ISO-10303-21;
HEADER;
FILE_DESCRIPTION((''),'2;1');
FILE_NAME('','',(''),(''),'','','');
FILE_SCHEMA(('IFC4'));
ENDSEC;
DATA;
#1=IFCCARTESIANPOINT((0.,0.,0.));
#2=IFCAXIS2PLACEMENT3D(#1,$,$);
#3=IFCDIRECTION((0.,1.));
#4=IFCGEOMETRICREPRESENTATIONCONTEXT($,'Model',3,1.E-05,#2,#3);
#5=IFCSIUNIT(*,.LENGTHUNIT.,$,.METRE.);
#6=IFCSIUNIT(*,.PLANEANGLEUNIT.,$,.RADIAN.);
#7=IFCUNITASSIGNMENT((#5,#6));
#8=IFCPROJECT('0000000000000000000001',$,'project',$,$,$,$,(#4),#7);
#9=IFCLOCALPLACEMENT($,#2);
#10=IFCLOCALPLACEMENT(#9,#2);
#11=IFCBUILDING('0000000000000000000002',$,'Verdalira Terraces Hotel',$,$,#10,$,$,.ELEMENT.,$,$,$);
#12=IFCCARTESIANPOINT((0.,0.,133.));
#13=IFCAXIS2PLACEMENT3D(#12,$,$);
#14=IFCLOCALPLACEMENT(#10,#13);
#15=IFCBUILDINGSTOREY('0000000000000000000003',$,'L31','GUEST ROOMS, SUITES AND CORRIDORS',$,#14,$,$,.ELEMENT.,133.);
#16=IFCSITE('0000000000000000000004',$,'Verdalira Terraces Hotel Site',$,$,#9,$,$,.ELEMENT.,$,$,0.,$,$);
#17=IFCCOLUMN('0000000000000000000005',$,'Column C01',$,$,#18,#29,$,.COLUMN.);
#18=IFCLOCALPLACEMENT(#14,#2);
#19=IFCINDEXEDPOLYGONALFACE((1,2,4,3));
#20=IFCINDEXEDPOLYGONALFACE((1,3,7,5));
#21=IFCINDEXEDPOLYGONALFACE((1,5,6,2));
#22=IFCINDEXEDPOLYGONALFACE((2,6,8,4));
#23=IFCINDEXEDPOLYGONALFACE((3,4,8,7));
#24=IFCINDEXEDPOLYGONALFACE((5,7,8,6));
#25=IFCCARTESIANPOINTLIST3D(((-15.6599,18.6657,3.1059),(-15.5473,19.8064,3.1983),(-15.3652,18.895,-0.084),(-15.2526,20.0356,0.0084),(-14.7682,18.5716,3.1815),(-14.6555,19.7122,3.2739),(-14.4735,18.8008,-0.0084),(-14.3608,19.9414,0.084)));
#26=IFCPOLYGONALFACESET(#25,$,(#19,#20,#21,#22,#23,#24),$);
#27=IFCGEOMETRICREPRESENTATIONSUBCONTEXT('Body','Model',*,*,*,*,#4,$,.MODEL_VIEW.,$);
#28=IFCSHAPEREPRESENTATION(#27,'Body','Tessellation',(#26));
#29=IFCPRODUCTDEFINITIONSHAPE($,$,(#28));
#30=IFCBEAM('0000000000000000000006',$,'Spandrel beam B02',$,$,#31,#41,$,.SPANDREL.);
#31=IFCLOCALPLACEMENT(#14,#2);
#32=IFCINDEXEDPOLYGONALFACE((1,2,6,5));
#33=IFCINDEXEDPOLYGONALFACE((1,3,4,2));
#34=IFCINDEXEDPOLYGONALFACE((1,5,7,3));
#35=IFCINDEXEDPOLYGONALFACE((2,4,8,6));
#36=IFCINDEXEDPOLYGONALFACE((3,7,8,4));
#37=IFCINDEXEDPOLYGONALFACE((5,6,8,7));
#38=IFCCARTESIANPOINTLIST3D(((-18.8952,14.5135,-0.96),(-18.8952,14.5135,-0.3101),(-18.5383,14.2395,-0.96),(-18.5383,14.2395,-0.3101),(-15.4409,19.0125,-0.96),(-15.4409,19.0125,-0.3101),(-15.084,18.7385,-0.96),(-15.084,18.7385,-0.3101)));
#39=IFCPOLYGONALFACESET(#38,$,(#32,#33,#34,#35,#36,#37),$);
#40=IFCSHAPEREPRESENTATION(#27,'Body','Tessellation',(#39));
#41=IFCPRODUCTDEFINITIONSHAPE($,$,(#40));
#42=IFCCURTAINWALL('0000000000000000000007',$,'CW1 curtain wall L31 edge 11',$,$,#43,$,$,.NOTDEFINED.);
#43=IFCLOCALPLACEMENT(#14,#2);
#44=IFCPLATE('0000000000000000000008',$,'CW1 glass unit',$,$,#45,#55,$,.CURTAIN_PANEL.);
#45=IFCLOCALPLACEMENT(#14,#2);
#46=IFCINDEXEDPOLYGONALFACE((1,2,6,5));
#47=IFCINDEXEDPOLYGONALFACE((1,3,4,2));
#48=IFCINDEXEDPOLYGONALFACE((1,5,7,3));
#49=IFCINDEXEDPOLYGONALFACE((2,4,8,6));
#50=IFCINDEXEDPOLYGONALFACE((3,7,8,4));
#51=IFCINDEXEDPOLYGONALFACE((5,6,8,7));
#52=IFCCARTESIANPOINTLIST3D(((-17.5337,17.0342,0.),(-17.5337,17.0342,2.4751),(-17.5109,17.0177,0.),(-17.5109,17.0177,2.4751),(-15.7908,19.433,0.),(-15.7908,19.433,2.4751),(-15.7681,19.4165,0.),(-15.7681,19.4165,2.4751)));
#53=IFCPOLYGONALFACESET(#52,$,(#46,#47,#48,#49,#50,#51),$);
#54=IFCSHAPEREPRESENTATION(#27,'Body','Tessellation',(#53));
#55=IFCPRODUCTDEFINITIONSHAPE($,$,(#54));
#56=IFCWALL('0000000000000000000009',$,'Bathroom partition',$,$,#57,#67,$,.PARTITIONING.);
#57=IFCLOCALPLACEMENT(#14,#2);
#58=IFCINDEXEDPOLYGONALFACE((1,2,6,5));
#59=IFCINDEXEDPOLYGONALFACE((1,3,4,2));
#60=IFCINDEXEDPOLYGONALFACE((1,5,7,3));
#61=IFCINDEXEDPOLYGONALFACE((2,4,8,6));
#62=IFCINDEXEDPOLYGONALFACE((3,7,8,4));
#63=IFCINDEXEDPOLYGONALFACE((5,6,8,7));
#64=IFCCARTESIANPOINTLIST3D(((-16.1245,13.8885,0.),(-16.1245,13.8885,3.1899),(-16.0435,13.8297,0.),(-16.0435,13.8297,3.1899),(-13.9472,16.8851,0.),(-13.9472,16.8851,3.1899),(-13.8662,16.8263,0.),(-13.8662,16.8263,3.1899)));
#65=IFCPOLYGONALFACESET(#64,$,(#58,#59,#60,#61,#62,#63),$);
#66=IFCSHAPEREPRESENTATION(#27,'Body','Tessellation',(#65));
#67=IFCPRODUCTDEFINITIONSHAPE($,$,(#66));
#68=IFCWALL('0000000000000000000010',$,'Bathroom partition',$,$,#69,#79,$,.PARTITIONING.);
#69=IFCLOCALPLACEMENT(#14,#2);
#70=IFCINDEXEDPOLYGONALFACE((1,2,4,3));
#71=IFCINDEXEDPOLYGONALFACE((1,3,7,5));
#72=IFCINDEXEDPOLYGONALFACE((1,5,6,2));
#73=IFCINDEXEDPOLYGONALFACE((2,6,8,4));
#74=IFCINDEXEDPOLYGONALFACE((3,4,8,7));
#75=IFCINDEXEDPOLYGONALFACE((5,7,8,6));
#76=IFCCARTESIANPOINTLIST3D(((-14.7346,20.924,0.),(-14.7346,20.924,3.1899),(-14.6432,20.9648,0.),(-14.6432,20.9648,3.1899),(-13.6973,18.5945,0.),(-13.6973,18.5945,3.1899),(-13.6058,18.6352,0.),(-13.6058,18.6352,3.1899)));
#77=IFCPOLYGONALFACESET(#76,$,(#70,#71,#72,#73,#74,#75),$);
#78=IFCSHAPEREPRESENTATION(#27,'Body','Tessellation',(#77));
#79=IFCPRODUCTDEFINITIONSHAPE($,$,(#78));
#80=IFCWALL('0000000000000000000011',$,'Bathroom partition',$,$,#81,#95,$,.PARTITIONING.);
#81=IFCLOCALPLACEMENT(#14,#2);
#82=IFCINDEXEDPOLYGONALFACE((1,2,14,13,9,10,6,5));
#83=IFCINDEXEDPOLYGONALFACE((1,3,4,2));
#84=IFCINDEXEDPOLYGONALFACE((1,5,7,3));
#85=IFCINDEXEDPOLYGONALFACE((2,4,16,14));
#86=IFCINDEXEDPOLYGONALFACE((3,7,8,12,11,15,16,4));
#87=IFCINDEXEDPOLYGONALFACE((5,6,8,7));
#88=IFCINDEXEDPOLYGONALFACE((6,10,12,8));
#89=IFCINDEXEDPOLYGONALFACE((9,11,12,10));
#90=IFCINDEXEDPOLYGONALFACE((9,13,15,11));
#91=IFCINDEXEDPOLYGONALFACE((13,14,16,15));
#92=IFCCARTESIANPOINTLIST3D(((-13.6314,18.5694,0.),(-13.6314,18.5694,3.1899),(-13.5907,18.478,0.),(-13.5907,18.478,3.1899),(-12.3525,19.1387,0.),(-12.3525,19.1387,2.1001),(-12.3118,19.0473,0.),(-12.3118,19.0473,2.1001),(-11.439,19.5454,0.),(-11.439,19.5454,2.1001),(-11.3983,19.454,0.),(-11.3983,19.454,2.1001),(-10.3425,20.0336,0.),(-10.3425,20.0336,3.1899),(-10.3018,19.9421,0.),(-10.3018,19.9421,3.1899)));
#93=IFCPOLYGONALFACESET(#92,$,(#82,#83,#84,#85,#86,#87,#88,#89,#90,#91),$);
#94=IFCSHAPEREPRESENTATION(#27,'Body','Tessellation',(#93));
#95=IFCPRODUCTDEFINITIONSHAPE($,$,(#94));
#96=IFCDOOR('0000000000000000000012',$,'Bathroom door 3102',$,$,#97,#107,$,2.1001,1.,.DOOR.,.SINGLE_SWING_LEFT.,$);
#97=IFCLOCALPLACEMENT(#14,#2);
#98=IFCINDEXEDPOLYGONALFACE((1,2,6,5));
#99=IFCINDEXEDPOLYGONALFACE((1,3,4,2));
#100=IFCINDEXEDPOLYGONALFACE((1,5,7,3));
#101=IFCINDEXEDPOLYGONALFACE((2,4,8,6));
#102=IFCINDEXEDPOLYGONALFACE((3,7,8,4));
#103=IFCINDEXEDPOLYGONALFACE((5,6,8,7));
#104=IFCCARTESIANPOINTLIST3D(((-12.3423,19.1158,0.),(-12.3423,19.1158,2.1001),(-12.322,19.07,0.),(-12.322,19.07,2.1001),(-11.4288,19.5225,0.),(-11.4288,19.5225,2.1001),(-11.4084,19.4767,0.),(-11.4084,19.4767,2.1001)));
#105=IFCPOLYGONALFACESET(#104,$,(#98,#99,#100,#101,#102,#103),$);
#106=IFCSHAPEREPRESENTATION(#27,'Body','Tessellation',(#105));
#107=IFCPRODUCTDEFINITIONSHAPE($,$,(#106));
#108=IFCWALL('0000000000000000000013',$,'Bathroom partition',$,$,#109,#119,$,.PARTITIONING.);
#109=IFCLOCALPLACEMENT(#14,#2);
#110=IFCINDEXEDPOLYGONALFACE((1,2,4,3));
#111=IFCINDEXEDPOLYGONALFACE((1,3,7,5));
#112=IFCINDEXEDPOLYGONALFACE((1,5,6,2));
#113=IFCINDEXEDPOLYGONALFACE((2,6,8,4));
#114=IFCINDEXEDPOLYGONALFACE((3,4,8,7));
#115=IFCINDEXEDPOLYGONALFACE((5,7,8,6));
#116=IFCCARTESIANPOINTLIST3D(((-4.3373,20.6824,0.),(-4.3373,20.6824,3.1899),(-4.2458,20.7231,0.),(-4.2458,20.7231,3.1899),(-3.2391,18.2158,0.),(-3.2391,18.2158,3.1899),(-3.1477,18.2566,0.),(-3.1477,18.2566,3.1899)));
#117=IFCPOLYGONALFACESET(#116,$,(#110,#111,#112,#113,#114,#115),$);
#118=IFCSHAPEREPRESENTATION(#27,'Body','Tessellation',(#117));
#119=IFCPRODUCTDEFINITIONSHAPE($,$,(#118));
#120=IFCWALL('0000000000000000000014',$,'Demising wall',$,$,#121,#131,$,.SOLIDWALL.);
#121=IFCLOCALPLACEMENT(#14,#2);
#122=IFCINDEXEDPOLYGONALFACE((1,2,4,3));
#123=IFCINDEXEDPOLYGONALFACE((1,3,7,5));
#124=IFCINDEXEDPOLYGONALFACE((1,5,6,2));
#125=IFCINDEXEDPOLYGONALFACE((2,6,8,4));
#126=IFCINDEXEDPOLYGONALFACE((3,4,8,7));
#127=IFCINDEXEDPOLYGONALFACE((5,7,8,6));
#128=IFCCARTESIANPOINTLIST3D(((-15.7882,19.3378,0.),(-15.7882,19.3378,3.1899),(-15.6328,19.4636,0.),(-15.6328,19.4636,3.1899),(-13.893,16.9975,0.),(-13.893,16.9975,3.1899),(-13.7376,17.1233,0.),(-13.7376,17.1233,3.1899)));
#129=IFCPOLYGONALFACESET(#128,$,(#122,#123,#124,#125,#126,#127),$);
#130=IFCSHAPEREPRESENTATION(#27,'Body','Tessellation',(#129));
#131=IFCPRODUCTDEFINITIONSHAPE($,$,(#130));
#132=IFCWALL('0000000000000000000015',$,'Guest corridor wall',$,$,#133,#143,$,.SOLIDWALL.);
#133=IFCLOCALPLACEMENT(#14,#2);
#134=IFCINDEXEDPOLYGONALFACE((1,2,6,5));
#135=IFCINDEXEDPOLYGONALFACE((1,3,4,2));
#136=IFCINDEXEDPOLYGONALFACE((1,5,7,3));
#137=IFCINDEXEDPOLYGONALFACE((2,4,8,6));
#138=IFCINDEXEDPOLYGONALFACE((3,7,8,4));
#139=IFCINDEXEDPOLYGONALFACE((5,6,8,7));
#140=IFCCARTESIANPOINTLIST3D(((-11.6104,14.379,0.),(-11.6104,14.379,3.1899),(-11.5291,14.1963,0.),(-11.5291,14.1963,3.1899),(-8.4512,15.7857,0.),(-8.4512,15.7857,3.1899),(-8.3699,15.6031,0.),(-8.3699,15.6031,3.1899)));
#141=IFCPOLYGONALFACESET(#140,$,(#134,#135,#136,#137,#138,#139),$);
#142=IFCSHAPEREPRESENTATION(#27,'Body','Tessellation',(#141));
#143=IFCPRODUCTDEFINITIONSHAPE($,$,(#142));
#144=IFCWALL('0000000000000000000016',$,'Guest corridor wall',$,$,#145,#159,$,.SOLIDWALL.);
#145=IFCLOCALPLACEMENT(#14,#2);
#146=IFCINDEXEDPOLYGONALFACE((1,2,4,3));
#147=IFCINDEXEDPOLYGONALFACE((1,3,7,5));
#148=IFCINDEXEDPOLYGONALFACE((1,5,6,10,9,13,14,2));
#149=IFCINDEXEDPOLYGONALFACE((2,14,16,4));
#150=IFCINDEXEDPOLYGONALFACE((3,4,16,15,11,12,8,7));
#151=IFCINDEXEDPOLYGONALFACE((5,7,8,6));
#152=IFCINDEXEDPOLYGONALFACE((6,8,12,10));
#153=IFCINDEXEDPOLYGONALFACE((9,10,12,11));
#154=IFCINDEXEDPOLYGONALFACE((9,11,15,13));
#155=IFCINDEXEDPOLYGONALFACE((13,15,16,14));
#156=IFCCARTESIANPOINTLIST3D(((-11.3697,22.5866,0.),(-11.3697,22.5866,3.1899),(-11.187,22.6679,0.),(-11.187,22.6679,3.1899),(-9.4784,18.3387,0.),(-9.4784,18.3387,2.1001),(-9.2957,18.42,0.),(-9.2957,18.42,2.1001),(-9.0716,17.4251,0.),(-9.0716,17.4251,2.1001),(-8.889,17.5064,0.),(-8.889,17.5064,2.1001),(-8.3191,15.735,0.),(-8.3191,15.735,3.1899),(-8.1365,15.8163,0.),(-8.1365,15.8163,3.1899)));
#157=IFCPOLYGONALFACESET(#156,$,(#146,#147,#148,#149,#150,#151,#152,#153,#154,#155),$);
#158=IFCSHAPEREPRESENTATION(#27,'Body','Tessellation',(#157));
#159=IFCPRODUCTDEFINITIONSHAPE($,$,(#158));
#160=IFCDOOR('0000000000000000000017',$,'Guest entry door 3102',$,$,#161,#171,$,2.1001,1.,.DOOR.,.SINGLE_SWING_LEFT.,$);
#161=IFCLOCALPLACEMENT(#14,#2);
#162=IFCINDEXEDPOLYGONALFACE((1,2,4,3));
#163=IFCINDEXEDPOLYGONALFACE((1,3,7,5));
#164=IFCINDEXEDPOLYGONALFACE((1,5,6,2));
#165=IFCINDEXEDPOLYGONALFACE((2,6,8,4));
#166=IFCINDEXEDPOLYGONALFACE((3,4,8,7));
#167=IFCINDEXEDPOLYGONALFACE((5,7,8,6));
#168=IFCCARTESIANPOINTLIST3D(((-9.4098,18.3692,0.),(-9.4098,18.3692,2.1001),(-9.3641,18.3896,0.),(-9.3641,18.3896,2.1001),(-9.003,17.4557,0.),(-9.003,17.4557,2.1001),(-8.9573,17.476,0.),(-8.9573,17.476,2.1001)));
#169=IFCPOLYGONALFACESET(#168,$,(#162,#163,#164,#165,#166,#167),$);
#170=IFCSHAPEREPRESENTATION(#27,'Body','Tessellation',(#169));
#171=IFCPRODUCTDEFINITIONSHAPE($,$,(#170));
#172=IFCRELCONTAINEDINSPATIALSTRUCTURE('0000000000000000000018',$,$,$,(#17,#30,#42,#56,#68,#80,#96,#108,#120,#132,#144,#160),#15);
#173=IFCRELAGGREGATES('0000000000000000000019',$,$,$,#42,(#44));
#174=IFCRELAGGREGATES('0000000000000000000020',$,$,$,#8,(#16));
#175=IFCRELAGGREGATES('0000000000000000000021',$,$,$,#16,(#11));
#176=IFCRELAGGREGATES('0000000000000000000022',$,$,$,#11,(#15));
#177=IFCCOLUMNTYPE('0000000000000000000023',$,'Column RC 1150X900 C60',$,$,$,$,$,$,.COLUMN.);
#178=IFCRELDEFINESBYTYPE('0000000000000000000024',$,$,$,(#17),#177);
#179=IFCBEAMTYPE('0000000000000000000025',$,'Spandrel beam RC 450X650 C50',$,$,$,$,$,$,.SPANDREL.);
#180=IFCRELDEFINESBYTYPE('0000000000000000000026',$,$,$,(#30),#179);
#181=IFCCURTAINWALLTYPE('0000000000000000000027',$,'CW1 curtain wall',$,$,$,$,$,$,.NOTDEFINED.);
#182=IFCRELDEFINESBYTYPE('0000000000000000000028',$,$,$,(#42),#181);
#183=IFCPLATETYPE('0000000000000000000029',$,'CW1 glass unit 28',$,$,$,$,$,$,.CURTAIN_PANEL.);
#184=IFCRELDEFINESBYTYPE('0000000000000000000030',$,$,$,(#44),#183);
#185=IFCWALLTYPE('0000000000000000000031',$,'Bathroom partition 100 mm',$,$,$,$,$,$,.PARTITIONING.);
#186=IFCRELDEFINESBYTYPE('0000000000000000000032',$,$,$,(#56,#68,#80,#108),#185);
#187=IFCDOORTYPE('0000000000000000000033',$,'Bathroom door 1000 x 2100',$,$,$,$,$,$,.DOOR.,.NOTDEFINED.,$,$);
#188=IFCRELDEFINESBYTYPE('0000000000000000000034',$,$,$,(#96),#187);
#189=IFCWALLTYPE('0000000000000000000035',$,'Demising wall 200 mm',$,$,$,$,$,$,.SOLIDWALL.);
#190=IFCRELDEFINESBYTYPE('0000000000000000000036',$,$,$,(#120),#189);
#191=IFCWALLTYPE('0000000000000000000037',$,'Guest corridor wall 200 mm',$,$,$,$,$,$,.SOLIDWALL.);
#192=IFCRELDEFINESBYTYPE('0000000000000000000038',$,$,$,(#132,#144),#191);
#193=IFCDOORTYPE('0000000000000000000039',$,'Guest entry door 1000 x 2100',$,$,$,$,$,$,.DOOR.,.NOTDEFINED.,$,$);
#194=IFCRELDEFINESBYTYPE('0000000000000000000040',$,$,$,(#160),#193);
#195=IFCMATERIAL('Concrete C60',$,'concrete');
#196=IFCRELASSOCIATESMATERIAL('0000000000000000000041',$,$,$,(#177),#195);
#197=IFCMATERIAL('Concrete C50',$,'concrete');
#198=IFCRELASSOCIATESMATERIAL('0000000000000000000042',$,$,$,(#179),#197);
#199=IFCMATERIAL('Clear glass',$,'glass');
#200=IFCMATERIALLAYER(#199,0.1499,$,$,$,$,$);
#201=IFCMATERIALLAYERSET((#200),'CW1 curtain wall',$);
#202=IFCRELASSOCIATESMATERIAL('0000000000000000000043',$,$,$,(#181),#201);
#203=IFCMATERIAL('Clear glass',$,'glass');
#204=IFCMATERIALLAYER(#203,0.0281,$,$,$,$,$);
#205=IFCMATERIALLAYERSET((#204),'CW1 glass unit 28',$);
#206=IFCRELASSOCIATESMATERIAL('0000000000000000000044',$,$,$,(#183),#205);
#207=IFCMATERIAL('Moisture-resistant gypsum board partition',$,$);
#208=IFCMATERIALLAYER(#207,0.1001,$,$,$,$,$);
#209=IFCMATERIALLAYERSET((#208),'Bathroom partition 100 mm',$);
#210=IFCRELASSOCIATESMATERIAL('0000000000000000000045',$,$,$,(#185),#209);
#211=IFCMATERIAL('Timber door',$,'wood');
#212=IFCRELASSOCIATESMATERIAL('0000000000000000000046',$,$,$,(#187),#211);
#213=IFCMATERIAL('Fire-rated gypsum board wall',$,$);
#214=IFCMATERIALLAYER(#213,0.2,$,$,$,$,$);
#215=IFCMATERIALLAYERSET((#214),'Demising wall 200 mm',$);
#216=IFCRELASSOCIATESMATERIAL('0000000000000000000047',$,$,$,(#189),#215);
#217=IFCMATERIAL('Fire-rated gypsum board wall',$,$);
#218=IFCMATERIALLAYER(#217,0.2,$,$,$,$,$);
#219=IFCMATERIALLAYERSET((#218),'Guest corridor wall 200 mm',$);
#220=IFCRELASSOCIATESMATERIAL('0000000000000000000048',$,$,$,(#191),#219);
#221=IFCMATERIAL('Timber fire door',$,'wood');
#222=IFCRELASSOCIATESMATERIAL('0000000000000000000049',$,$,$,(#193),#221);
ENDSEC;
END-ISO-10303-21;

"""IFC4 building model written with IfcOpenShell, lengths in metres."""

from ifc_helpers import new_model, si_unit, direction, frame, frame_2d, origin, origin_2d, place, context, subcontext, project, spatial, rectangle, extrude, material, layer, layer_set, material_profile, profile_set, type_object, element, fill, aggregate, save


model = new_model("IFC4")

# Units and contexts
model_context = context("Model", 3, precision=1e-05, world=origin(), true_north=direction((0.0, 1.0)))
body_context = subcontext(model_context, "Body", "Model", "MODEL_VIEW")
ifc_project = project(units=[si_unit("LENGTHUNIT", "METRE"), si_unit("PLANEANGLEUNIT", "RADIAN")], contexts=[model_context])

# Site, building, storey
site_placement = place(None, origin())
site = spatial("IfcSite", under=ifc_project, at=site_placement, Name="Verdalira Terraces Hotel Site", CompositionType="ELEMENT", RefElevation=0.0)
building_placement = place(site_placement, origin())
building = spatial("IfcBuilding", under=site, at=building_placement, Name="Verdalira Terraces Hotel", CompositionType="ELEMENT")
storey_placement = place(building_placement, frame((0.0, 0.0, 133.0)))
storey = spatial("IfcBuildingStorey", under=building, at=storey_placement, Name="L31", Description="GUEST ROOMS, SUITES AND CORRIDORS", CompositionType="ELEMENT", Elevation=133.0)

# Column
ifc_material_1 = material(Name="Concrete C60", Category="concrete")
ifc_material_profile_1 = material_profile(ifc_material_1, rectangle(XDim=1.1499, YDim=0.8999, at=origin_2d()), Name="RC 1150X900")
ifc_profile_set_1 = profile_set([ifc_material_profile_1], Name="Concrete C60")
column_type = type_object("IfcColumnType", Name="Column RC 1150X900 C60", PredefinedType="COLUMN", material=ifc_profile_set_1)
column_placement = place(storey_placement, frame((-14.863, 19.4182, 0.0), z_axis=(-0.091751, -0.071379, 0.99322), x_axis=(0.097962, 0.991942, 0.080336)))
element("IfcColumn", 1, at=column_placement, inside=storey, type_object=column_type, Name="Column C01", PredefinedType="COLUMN", context=body_context, shape_type="SweptSolid", body=[
    extrude(rectangle(XDim=1.1499, YDim=0.8999, at=origin_2d()), origin(), (0.0, 0.0, 1.0), 3.2117),
])

# Beam
ifc_material_2 = material(Name="Concrete C50", Category="concrete")
ifc_material_profile_2 = material_profile(ifc_material_2, rectangle(XDim=0.45, YDim=0.6499, at=origin_2d()), Name="RC 450X650")
ifc_profile_set_2 = profile_set([ifc_material_profile_2], Name="Concrete C50")
beam_type = type_object("IfcBeamType", Name="Spandrel beam RC 450X650 C50", PredefinedType="SPANDREL", material=ifc_profile_set_2)
beam_placement = place(storey_placement, frame((-15.2625, 18.8755, -0.635), z_axis=(-0.608997, -0.793172, 0.0), x_axis=(0.793172, -0.608997, 0.0)))
element("IfcBeam", 2, at=beam_placement, inside=storey, type_object=beam_type, Name="Spandrel beam B02", PredefinedType="SPANDREL", context=body_context, shape_type="SweptSolid", body=[
    extrude(rectangle(XDim=0.45, YDim=0.6499, at=origin_2d()), origin(), (0.0, 0.0, 1.0), 5.6721),
])

# Curtain wall, plate
ifc_material_3 = material(Name="Clear glass", Category="glass")
ifc_layer_1 = layer(ifc_material_3, 0.1499)
ifc_layer_set_1 = layer_set([ifc_layer_1], Name="CW1 curtain wall")
curtain_wall_type = type_object("IfcCurtainWallType", Name="CW1 curtain wall", PredefinedType="NOTDEFINED", material=ifc_layer_set_1)
curtain_wall_placement = place(storey_placement, origin())
curtain_wall = element("IfcCurtainWall", 3, at=curtain_wall_placement, inside=storey, type_object=curtain_wall_type, Name="CW1 curtain wall L31 edge 11", PredefinedType="NOTDEFINED")
ifc_material_4 = material(Name="Clear glass", Category="glass")
ifc_layer_2 = layer(ifc_material_4, 0.0281)
ifc_layer_set_2 = layer_set([ifc_layer_2], Name="CW1 glass unit 28")
plate_type = type_object("IfcPlateType", Name="CW1 glass unit 28", PredefinedType="CURTAIN_PANEL", material=ifc_layer_set_2)
plate_placement = place(storey_placement, frame((-16.6509, 18.2253, 0.0), z_axis=(0.0, 0.0, 1.0), x_axis=(-0.587785, -0.809017, 0.0)))
plate = element("IfcPlate", 4, at=plate_placement, type_object=plate_type, Name="CW1 glass unit", PredefinedType="CURTAIN_PANEL", context=body_context, shape_type="SweptSolid", body=[
    extrude(rectangle(XDim=2.9651, YDim=0.0281, at=origin_2d()), origin(), (0.0, 0.0, 1.0), 2.4751),
])
aggregate(curtain_wall, [plate])

# Walls
ifc_material_5 = material(Name="Moisture-resistant gypsum board partition")
ifc_layer_3 = layer(ifc_material_5, 0.1001)
ifc_layer_set_3 = layer_set([ifc_layer_3], Name="Bathroom partition 100 mm")
wall_type_1 = type_object("IfcWallType", Name="Bathroom partition 100 mm", PredefinedType="PARTITIONING", material=ifc_layer_set_3)
wall_1_placement = place(storey_placement, frame((-13.9067, 16.8557, 0.0), z_axis=(0.0, 0.0, 1.0), x_axis=(-0.587803, -0.809004, 0.0)))
element("IfcWall", 5, at=wall_1_placement, inside=storey, type_object=wall_type_1, Name="Bathroom partition", PredefinedType="PARTITIONING", context=body_context, shape_type="SweptSolid", body=[
    extrude(rectangle(XDim=3.7041, YDim=0.1001, at=frame_2d((1.8521, 0.0))), origin(), (0.0, 0.0, 1.0), 3.1899),
])
wall_2_placement = place(storey_placement, frame((-13.6516, 18.615, 0.0), z_axis=(0.0, 0.0, 1.0), x_axis=(-0.406787, 0.913523, 0.0)))
element("IfcWall", 6, at=wall_2_placement, inside=storey, type_object=wall_type_1, Name="Bathroom partition", PredefinedType="PARTITIONING", context=body_context, shape_type="SweptSolid", body=[
    extrude(rectangle(XDim=2.55, YDim=0.1001, at=frame_2d((1.2749, 0.0))), origin(), (0.0, 0.0, 1.0), 3.1899),
])

# Wall, opening, door
wall_3_placement = place(storey_placement, frame((-13.6111, 18.5237, 0.0), z_axis=(0.0, 0.0, 1.0), x_axis=(0.913562, 0.406698, 0.0)))
wall_3 = element("IfcWall", 7, at=wall_3_placement, inside=storey, type_object=wall_type_1, Name="Bathroom partition", PredefinedType="PARTITIONING", context=body_context, shape_type="SweptSolid", body=[
    extrude(rectangle(XDim=3.6001, YDim=0.1001, at=frame_2d((1.8, 0.0))), origin(), (0.0, 0.0, 1.0), 3.1899),
])
opening_1_placement = place(wall_3_placement, frame((1.3999, 0.0, 0.0)))
opening_1 = element("IfcOpeningElement", 8, at=opening_1_placement, cuts=wall_3, PredefinedType="OPENING", context=body_context, shape_type="SweptSolid", body=[
    extrude(rectangle(XDim=1.0, YDim=2.1001, at=frame_2d((0.5, 1.05))), frame((0.0, 0.0601, 0.0), z_axis=(0.0, -1.0, 0.0), x_axis=(1.0, 0.0, 0.0)), (0.0, 0.0, 1.0), 0.1201),
])
ifc_material_6 = material(Name="Timber door", Category="wood")
door_type_1 = type_object("IfcDoorType", Name="Bathroom door 1000 x 2100", OperationType="NOTDEFINED", PredefinedType="DOOR", material=ifc_material_6)
door_1_placement = place(opening_1_placement, origin())
door_1 = element("IfcDoor", 9, at=door_1_placement, inside=storey, type_object=door_type_1, Name="Bathroom door 3102", OperationType="SINGLE_SWING_LEFT", OverallHeight=2.1001, OverallWidth=1.0, PredefinedType="DOOR", context=body_context, shape_type="SweptSolid", body=[
    extrude(rectangle(XDim=1.0, YDim=2.1001, at=frame_2d((0.5, 1.05))), frame((0.0, 0.0249, 0.0), z_axis=(0.0, -1.0, 0.0), x_axis=(1.0, 0.0, 0.0)), (0.0, 0.0, 1.0), 0.05),
])
fill(opening_1, door_1)

# Walls
wall_4_placement = place(storey_placement, frame((-3.1934, 18.2361, 0.0), z_axis=(0.0, 0.0, 1.0), x_axis=(-0.406726, 0.91355, 0.0)))
element("IfcWall", 10, at=wall_4_placement, inside=storey, type_object=wall_type_1, Name="Bathroom partition", PredefinedType="PARTITIONING", context=body_context, shape_type="SweptSolid", body=[
    extrude(rectangle(XDim=2.7, YDim=0.1001, at=frame_2d((1.3501, 0.0))), origin(), (0.0, 0.0, 1.0), 3.1899),
])
ifc_material_7 = material(Name="Fire-rated gypsum board wall")
ifc_layer_4 = layer(ifc_material_7, 0.2)
ifc_layer_set_4 = layer_set([ifc_layer_4], Name="Demising wall 200 mm")
wall_type_2 = type_object("IfcWallType", Name="Demising wall 200 mm", PredefinedType="SOLIDWALL", material=ifc_layer_set_4)
wall_5_placement = place(storey_placement, frame((-13.8152, 17.0603, 0.0), z_axis=(0.0, 0.0, 1.0), x_axis=(-0.62934, 0.77713, 0.0)))
element("IfcWall", 11, at=wall_5_placement, inside=storey, type_object=wall_type_2, Name="Demising wall", PredefinedType="SOLIDWALL", context=body_context, shape_type="SweptSolid", body=[
    extrude(rectangle(XDim=3.0115, YDim=0.2, at=frame_2d((1.5059, 0.0))), origin(), (0.0, 0.0, 1.0), 3.1899),
])
ifc_material_8 = material(Name="Fire-rated gypsum board wall")
ifc_layer_5 = layer(ifc_material_8, 0.2)
ifc_layer_set_5 = layer_set([ifc_layer_5], Name="Guest corridor wall 200 mm")
wall_type_3 = type_object("IfcWallType", Name="Guest corridor wall 200 mm", PredefinedType="SOLIDWALL", material=ifc_layer_set_5)
wall_6_placement = place(storey_placement, frame((-8.4106, 15.6943, 0.0), z_axis=(0.0, 0.0, 1.0), x_axis=(-0.913526, -0.40678, 0.0)))
element("IfcWall", 12, at=wall_6_placement, inside=storey, type_object=wall_type_3, Name="Guest corridor wall", PredefinedType="SOLIDWALL", context=body_context, shape_type="SweptSolid", body=[
    extrude(rectangle(XDim=3.4583, YDim=0.2, at=frame_2d((1.729, 0.0))), origin(), (0.0, 0.0, 1.0), 3.1899),
])

# Wall, opening, door
wall_7_placement = place(storey_placement, frame((-8.2278, 15.7756, 0.0), z_axis=(0.0, 0.0, 1.0), x_axis=(-0.406739, 0.913544, 0.0)))
wall_7 = element("IfcWall", 13, at=wall_7_placement, inside=storey, type_object=wall_type_3, Name="Guest corridor wall", PredefinedType="SOLIDWALL", context=body_context, shape_type="SweptSolid", body=[
    extrude(rectangle(XDim=7.5, YDim=0.2, at=frame_2d((3.75, 0.0))), origin(), (0.0, 0.0, 1.0), 3.1899),
])
opening_2_placement = place(wall_7_placement, frame((1.8501, 0.0, 0.0)))
opening_2 = element("IfcOpeningElement", 14, at=opening_2_placement, cuts=wall_7, PredefinedType="OPENING", context=body_context, shape_type="SweptSolid", body=[
    extrude(rectangle(XDim=1.0, YDim=2.1001, at=frame_2d((0.5, 1.05))), frame((0.0, 0.1099, 0.0), z_axis=(0.0, -1.0, 0.0), x_axis=(1.0, 0.0, 0.0)), (0.0, 0.0, 1.0), 0.22),
])
ifc_material_9 = material(Name="Timber fire door", Category="wood")
door_type_2 = type_object("IfcDoorType", Name="Guest entry door 1000 x 2100", OperationType="NOTDEFINED", PredefinedType="DOOR", material=ifc_material_9)
door_2_placement = place(opening_2_placement, origin())
door_2 = element("IfcDoor", 15, at=door_2_placement, inside=storey, type_object=door_type_2, Name="Guest entry door 3102", OperationType="SINGLE_SWING_LEFT", OverallHeight=2.1001, OverallWidth=1.0, PredefinedType="DOOR", context=body_context, shape_type="SweptSolid", body=[
    extrude(rectangle(XDim=1.0, YDim=2.1001, at=frame_2d((0.5, 1.05))), frame((0.0, 0.0249, 0.0), z_axis=(0.0, -1.0, 0.0), x_axis=(1.0, 0.0, 0.0)), (0.0, 0.0, 1.0), 0.05),
])
fill(opening_2, door_2)

save(model, "model.ifc")
